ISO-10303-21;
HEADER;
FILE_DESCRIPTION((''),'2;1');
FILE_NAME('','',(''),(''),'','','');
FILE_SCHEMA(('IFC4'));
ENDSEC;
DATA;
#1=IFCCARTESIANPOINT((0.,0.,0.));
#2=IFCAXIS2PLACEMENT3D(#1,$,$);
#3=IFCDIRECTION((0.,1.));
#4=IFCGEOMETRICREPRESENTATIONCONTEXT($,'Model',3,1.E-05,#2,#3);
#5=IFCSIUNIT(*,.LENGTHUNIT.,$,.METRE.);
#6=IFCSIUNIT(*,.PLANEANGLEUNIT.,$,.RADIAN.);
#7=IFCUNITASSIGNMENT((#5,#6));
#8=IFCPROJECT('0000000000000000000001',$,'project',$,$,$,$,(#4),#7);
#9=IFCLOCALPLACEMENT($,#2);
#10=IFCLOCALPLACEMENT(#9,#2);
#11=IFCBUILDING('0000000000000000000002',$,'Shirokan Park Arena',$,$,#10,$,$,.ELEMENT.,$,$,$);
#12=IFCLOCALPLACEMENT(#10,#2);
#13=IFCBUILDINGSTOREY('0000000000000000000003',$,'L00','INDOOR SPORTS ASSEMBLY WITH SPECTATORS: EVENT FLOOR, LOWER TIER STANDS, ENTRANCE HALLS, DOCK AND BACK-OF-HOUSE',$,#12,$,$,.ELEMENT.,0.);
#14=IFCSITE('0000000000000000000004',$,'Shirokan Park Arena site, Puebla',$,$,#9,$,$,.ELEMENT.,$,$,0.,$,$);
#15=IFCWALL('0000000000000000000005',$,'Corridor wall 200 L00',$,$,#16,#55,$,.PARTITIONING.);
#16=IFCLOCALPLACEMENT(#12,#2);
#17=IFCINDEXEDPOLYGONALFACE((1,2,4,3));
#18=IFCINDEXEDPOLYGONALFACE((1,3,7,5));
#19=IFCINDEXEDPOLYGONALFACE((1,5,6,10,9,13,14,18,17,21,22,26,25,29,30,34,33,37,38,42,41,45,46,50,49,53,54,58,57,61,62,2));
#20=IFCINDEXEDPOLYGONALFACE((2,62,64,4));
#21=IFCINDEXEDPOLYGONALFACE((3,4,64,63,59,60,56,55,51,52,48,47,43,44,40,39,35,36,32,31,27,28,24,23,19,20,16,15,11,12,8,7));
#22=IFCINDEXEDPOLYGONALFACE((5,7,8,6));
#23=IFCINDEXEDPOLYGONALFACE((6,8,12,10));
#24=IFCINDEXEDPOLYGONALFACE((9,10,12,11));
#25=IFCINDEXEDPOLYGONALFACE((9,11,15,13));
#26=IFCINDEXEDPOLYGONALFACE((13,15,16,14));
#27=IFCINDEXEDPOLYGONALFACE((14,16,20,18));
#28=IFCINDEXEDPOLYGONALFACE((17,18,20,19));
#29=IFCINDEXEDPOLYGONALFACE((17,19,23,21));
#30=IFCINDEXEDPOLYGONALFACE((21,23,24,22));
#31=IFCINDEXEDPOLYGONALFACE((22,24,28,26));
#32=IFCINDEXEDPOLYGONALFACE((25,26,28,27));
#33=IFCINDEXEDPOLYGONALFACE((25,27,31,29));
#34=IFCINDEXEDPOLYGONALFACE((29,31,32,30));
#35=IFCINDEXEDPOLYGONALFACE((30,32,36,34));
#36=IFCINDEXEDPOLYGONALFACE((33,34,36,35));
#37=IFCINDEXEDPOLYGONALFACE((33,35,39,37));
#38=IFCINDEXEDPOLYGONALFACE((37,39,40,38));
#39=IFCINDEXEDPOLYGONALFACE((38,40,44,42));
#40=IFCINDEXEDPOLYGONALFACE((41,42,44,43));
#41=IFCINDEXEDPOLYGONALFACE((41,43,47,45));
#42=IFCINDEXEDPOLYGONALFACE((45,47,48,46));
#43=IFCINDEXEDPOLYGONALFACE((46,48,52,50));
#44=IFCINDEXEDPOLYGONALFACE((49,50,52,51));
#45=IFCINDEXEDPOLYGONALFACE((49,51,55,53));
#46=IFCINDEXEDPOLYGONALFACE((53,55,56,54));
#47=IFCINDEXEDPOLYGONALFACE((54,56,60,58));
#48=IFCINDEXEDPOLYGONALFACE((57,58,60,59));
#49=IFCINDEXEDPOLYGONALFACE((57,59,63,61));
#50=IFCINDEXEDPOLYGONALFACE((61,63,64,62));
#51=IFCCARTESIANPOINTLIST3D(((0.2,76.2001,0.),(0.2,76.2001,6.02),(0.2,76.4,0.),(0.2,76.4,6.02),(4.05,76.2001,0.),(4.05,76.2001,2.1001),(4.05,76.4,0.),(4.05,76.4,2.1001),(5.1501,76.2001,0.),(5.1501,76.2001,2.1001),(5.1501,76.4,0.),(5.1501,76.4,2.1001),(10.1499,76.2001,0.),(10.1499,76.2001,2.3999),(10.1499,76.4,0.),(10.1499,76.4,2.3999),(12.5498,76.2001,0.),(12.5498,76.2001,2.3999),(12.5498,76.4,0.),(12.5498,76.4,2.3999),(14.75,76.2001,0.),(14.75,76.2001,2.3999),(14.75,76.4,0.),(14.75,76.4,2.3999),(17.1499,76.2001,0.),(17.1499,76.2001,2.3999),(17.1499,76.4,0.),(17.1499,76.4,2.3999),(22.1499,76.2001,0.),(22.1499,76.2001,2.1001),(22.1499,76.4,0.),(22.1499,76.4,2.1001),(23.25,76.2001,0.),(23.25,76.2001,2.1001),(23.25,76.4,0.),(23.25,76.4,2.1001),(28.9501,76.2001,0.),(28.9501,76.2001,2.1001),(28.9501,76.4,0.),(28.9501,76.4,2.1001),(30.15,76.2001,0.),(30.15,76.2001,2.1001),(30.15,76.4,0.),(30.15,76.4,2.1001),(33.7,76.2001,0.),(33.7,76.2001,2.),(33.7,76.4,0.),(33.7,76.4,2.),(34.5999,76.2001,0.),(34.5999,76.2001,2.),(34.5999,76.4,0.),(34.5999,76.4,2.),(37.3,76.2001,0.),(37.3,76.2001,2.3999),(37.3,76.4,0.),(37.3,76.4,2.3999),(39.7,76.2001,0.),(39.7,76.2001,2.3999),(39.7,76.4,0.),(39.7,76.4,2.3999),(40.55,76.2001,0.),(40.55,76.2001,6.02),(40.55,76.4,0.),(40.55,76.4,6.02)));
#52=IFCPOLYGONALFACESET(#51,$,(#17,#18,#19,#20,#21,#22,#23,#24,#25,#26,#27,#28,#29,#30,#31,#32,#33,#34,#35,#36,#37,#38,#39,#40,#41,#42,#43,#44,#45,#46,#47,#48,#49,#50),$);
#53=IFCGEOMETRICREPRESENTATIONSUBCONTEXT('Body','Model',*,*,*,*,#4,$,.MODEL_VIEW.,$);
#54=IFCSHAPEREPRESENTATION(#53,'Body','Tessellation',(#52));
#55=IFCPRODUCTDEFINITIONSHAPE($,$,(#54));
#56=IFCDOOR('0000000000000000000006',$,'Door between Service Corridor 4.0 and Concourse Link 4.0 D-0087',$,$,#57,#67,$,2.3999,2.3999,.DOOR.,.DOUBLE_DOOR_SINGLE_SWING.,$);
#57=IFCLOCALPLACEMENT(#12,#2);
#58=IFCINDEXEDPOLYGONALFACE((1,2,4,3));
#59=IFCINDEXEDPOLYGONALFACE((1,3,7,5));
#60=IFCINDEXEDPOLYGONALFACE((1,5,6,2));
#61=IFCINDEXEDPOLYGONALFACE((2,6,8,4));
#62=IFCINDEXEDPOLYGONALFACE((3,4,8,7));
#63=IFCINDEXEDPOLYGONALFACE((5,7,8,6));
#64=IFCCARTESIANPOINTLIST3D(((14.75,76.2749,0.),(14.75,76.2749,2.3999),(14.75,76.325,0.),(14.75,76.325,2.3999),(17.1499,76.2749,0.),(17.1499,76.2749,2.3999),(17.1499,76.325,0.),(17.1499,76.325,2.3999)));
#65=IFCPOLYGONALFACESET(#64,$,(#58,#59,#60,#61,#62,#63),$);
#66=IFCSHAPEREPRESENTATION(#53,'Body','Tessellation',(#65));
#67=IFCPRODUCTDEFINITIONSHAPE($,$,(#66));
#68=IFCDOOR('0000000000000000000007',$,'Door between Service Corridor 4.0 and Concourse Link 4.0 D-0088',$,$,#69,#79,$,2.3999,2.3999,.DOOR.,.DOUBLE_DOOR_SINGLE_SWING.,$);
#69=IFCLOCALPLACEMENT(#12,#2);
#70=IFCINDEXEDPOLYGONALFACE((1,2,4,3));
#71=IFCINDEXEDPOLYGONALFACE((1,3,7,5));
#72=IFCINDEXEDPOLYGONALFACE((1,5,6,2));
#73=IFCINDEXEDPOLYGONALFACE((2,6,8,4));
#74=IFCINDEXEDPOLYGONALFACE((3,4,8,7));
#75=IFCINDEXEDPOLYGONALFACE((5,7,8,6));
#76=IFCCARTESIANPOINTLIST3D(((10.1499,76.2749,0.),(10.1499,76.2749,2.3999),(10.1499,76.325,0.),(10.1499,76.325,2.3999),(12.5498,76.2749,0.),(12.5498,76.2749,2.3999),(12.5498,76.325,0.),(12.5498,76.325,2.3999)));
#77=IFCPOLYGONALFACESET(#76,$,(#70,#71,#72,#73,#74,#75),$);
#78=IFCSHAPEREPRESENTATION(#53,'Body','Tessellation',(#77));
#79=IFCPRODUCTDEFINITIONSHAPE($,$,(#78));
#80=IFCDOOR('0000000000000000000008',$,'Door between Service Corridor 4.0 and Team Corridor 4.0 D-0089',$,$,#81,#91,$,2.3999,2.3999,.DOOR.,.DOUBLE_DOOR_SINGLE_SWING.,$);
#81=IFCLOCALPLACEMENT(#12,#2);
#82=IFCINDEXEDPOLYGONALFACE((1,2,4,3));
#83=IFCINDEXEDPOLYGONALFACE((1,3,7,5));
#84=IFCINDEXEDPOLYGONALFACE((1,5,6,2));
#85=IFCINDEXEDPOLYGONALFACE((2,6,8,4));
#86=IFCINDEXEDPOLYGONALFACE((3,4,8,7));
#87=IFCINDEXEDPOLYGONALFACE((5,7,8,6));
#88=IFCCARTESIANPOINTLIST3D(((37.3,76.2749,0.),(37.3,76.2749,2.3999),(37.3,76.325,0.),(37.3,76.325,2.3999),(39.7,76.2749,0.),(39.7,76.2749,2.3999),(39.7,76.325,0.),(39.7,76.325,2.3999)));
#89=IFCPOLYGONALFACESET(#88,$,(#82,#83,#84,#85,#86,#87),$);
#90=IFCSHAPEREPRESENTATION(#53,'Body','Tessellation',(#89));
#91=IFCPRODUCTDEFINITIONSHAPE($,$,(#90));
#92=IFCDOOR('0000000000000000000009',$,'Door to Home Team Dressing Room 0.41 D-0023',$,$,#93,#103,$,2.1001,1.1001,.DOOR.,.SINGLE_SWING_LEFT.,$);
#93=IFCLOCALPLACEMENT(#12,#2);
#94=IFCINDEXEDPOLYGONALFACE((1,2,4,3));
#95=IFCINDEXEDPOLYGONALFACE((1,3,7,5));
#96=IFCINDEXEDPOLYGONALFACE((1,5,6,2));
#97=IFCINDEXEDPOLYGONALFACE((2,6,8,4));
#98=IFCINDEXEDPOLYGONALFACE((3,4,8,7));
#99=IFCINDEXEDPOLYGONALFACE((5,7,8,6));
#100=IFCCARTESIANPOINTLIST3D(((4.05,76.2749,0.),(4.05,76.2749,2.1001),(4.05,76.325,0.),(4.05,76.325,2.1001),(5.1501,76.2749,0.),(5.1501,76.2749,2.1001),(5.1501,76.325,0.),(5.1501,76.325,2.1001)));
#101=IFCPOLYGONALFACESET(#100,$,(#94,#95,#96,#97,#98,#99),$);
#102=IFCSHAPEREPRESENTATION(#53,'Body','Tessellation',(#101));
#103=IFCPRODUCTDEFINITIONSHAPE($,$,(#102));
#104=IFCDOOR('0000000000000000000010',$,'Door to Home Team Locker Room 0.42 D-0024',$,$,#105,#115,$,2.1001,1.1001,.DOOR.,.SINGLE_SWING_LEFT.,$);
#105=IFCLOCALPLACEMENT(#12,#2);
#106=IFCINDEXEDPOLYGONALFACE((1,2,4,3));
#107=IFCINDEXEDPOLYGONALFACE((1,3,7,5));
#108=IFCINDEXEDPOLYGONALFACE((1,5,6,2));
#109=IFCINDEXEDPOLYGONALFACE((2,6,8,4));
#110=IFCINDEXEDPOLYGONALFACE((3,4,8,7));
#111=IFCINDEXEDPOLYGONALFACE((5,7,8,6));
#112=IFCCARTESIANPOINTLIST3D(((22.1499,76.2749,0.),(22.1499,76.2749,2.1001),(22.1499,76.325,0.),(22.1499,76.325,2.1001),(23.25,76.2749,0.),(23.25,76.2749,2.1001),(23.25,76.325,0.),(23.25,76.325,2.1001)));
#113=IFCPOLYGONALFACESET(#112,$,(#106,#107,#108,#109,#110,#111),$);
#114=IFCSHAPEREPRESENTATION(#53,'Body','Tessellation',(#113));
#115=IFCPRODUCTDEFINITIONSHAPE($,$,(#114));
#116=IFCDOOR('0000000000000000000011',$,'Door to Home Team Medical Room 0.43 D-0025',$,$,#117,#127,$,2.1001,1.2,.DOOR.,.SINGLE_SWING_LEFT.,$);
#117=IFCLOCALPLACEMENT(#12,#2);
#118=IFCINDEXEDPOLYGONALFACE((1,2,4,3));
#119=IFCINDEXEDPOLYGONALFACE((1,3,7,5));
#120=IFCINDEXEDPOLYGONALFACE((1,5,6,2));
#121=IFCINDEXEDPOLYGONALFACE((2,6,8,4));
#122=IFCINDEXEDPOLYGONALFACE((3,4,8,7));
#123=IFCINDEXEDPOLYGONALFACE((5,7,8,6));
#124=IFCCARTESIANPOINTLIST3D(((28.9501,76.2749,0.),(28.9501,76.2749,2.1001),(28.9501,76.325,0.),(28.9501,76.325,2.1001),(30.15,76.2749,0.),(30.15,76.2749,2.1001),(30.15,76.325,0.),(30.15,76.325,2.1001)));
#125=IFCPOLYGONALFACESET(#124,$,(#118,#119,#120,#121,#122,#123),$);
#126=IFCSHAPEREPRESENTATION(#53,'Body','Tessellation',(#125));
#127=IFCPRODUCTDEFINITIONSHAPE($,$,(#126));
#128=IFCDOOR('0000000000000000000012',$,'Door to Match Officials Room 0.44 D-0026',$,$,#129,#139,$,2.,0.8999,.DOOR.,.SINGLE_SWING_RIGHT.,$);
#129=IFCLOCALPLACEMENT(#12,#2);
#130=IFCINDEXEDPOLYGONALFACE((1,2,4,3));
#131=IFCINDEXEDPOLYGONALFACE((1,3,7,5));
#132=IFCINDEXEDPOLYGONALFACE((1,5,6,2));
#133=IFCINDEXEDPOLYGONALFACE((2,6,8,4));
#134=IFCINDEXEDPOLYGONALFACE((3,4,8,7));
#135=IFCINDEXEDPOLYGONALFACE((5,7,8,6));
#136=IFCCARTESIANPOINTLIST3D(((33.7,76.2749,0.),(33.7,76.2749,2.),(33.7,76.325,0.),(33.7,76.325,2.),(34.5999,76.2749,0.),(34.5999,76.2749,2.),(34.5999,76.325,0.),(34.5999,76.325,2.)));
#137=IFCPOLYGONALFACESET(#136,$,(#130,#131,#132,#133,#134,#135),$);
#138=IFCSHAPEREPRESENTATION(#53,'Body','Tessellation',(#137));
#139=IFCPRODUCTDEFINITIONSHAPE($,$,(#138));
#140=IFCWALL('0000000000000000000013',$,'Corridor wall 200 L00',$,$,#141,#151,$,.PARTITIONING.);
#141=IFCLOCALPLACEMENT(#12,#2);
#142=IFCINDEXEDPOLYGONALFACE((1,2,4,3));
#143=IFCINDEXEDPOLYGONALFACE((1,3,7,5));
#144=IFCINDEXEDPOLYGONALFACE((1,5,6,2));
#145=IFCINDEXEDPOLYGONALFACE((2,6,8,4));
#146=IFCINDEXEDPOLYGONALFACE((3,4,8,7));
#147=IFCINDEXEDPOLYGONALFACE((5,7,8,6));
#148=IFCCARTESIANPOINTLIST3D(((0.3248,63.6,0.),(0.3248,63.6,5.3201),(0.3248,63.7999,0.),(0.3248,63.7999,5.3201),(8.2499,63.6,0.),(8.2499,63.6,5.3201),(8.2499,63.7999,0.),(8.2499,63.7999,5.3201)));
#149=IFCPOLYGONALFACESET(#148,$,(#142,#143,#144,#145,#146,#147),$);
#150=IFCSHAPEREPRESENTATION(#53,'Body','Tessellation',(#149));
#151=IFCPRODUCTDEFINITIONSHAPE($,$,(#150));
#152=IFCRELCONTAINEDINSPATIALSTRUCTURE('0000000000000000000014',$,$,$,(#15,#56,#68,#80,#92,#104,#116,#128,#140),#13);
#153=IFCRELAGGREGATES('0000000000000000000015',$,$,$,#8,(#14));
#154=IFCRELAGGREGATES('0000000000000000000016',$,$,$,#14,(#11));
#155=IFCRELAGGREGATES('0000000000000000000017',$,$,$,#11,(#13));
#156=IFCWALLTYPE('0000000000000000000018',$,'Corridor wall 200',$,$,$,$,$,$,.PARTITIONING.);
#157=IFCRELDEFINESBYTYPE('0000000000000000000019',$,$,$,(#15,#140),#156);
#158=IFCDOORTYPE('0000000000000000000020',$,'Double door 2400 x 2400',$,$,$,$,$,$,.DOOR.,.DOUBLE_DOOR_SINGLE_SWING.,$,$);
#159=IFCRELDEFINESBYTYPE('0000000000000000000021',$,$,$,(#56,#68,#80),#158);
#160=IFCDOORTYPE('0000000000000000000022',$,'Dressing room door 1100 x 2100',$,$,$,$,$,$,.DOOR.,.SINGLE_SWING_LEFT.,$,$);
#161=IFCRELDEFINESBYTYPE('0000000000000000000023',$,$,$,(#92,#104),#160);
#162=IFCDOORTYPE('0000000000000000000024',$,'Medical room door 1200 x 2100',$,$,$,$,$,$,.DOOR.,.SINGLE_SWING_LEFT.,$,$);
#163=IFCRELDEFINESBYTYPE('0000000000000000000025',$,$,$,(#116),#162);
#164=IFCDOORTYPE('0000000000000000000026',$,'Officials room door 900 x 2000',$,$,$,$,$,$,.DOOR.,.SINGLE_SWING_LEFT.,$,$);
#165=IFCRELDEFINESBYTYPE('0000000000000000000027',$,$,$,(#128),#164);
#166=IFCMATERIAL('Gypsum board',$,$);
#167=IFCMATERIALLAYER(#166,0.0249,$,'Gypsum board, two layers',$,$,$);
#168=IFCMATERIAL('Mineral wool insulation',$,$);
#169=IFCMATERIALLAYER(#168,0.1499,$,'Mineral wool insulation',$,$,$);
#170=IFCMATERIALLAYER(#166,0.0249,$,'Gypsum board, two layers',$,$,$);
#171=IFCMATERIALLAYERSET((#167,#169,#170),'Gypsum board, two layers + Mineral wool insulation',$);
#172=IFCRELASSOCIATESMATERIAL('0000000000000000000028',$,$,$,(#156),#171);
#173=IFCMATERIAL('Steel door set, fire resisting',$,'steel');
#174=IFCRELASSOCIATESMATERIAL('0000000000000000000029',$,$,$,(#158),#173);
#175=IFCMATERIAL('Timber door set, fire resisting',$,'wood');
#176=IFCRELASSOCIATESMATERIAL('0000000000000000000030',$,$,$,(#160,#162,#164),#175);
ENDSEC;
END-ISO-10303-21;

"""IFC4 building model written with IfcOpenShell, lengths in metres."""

from ifc_helpers import new_model, si_unit, direction, frame, frame_2d, origin, place, context, subcontext, project, spatial, rectangle, extrude, material, layer, layer_set, type_object, element, fill, save


model = new_model("IFC4")

# Units and contexts
model_context = context("Model", 3, precision=1e-05, world=origin(), true_north=direction((0.0, 1.0)))
body_context = subcontext(model_context, "Body", "Model", "MODEL_VIEW")
ifc_project = project(units=[si_unit("LENGTHUNIT", "METRE"), si_unit("PLANEANGLEUNIT", "RADIAN")], contexts=[model_context])

# Site, building, storey
site_placement = place(None, origin())
site = spatial("IfcSite", under=ifc_project, at=site_placement, Name="Shirokan Park Arena site, Puebla", CompositionType="ELEMENT", RefElevation=0.0)
building_placement = place(site_placement, origin())
building = spatial("IfcBuilding", under=site, at=building_placement, Name="Shirokan Park Arena", CompositionType="ELEMENT")
storey_placement = place(building_placement, origin())
storey = spatial("IfcBuildingStorey", under=building, at=storey_placement, Name="L00", Description="INDOOR SPORTS ASSEMBLY WITH SPECTATORS: EVENT FLOOR, LOWER TIER STANDS, ENTRANCE HALLS, DOCK AND BACK-OF-HOUSE", CompositionType="ELEMENT", Elevation=0.0)

# Wall, openings, doors
ifc_material_1 = material(Name="Gypsum board")
ifc_layer_1 = layer(ifc_material_1, 0.0249, Name="Gypsum board, two layers")
ifc_material_2 = material(Name="Mineral wool insulation")
ifc_layer_2 = layer(ifc_material_2, 0.1499, Name="Mineral wool insulation")
ifc_layer_3 = layer(ifc_material_1, 0.0249, Name="Gypsum board, two layers")
ifc_layer_set = layer_set([ifc_layer_1, ifc_layer_2, ifc_layer_3], Name="Gypsum board, two layers + Mineral wool insulation")
wall_type = type_object("IfcWallType", Name="Corridor wall 200", PredefinedType="PARTITIONING", material=ifc_layer_set)
wall_1_placement = place(storey_placement, frame((0.2, 76.3, 0.0), z_axis=(0.0, 0.0, 1.0), x_axis=(1.0, 0.0, 0.0)))
wall_1 = element("IfcWall", 1, at=wall_1_placement, inside=storey, type_object=wall_type, Name="Corridor wall 200 L00", PredefinedType="PARTITIONING", context=body_context, shape_type="SweptSolid", body=[
    extrude(rectangle(XDim=40.3501, YDim=0.2, at=frame_2d((20.175, 0.0))), origin(), (0.0, 0.0, 1.0), 6.02),
])
opening_1_placement = place(wall_1_placement, frame((3.8501, 0.0, 0.0)))
opening_1 = element("IfcOpeningElement", 2, at=opening_1_placement, cuts=wall_1, PredefinedType="OPENING", context=body_context, shape_type="SweptSolid", body=[
    extrude(rectangle(XDim=1.1001, YDim=2.1001, at=frame_2d((0.55, 1.05))), frame((0.0, 0.1099, 0.0), z_axis=(0.0, -1.0, 0.0), x_axis=(1.0, 0.0, 0.0)), (0.0, 0.0, 1.0), 0.22),
])
opening_2_placement = place(wall_1_placement, frame((21.95, 0.0, 0.0)))
opening_2 = element("IfcOpeningElement", 3, at=opening_2_placement, cuts=wall_1, PredefinedType="OPENING", context=body_context, shape_type="SweptSolid", body=[
    extrude(rectangle(XDim=1.1001, YDim=2.1001, at=frame_2d((0.55, 1.05))), frame((0.0, 0.1099, 0.0), z_axis=(0.0, -1.0, 0.0), x_axis=(1.0, 0.0, 0.0)), (0.0, 0.0, 1.0), 0.22),
])
opening_3_placement = place(wall_1_placement, frame((28.75, 0.0, 0.0)))
opening_3 = element("IfcOpeningElement", 4, at=opening_3_placement, cuts=wall_1, PredefinedType="OPENING", context=body_context, shape_type="SweptSolid", body=[
    extrude(rectangle(XDim=1.2, YDim=2.1001, at=frame_2d((0.6001, 1.05))), frame((0.0, 0.1099, 0.0), z_axis=(0.0, -1.0, 0.0), x_axis=(1.0, 0.0, 0.0)), (0.0, 0.0, 1.0), 0.22),
])
opening_4_placement = place(wall_1_placement, frame((33.5, 0.0, 0.0)))
opening_4 = element("IfcOpeningElement", 5, at=opening_4_placement, cuts=wall_1, PredefinedType="OPENING", context=body_context, shape_type="SweptSolid", body=[
    extrude(rectangle(XDim=0.8999, YDim=2.0, at=frame_2d((0.45, 1.0))), frame((0.0, 0.1099, 0.0), z_axis=(0.0, -1.0, 0.0), x_axis=(1.0, 0.0, 0.0)), (0.0, 0.0, 1.0), 0.22),
])
opening_5_placement = place(wall_1_placement, frame((14.55, 0.0, 0.0)))
opening_5 = element("IfcOpeningElement", 6, at=opening_5_placement, cuts=wall_1, PredefinedType="OPENING", context=body_context, shape_type="SweptSolid", body=[
    extrude(rectangle(XDim=2.3999, YDim=2.3999, at=frame_2d((1.2, 1.2))), frame((0.0, 0.1099, 0.0), z_axis=(0.0, -1.0, 0.0), x_axis=(1.0, 0.0, 0.0)), (0.0, 0.0, 1.0), 0.22),
])
opening_6_placement = place(wall_1_placement, frame((9.95, 0.0, 0.0)))
opening_6 = element("IfcOpeningElement", 7, at=opening_6_placement, cuts=wall_1, PredefinedType="OPENING", context=body_context, shape_type="SweptSolid", body=[
    extrude(rectangle(XDim=2.3999, YDim=2.3999, at=frame_2d((1.2, 1.2))), frame((0.0, 0.1099, 0.0), z_axis=(0.0, -1.0, 0.0), x_axis=(1.0, 0.0, 0.0)), (0.0, 0.0, 1.0), 0.22),
])
opening_7_placement = place(wall_1_placement, frame((37.1001, 0.0, 0.0)))
opening_7 = element("IfcOpeningElement", 8, at=opening_7_placement, cuts=wall_1, PredefinedType="OPENING", context=body_context, shape_type="SweptSolid", body=[
    extrude(rectangle(XDim=2.3999, YDim=2.3999, at=frame_2d((1.2, 1.2))), frame((0.0, 0.1099, 0.0), z_axis=(0.0, -1.0, 0.0), x_axis=(1.0, 0.0, 0.0)), (0.0, 0.0, 1.0), 0.22),
])
ifc_material_3 = material(Name="Steel door set, fire resisting", Category="steel")
door_type_1 = type_object("IfcDoorType", Name="Double door 2400 x 2400", OperationType="DOUBLE_DOOR_SINGLE_SWING", PredefinedType="DOOR", material=ifc_material_3)
door_1_placement = place(opening_5_placement, origin())
door_1 = element("IfcDoor", 9, at=door_1_placement, inside=storey, type_object=door_type_1, Name="Door between Service Corridor 4.0 and Concourse Link 4.0 D-0087", OperationType="DOUBLE_DOOR_SINGLE_SWING", OverallHeight=2.3999, OverallWidth=2.3999, PredefinedType="DOOR", context=body_context, shape_type="SweptSolid", body=[
    extrude(rectangle(XDim=2.3999, YDim=2.3999, at=frame_2d((1.2, 1.2))), frame((0.0, 0.0249, 0.0), z_axis=(0.0, -1.0, 0.0), x_axis=(1.0, 0.0, 0.0)), (0.0, 0.0, 1.0), 0.05),
])
fill(opening_5, door_1)
door_2_placement = place(opening_6_placement, origin())
door_2 = element("IfcDoor", 10, at=door_2_placement, inside=storey, type_object=door_type_1, Name="Door between Service Corridor 4.0 and Concourse Link 4.0 D-0088", OperationType="DOUBLE_DOOR_SINGLE_SWING", OverallHeight=2.3999, OverallWidth=2.3999, PredefinedType="DOOR", context=body_context, shape_type="SweptSolid", body=[
    extrude(rectangle(XDim=2.3999, YDim=2.3999, at=frame_2d((1.2, 1.2))), frame((0.0, 0.0249, 0.0), z_axis=(0.0, -1.0, 0.0), x_axis=(1.0, 0.0, 0.0)), (0.0, 0.0, 1.0), 0.05),
])
fill(opening_6, door_2)
door_3_placement = place(opening_7_placement, origin())
door_3 = element("IfcDoor", 11, at=door_3_placement, inside=storey, type_object=door_type_1, Name="Door between Service Corridor 4.0 and Team Corridor 4.0 D-0089", OperationType="DOUBLE_DOOR_SINGLE_SWING", OverallHeight=2.3999, OverallWidth=2.3999, PredefinedType="DOOR", context=body_context, shape_type="SweptSolid", body=[
    extrude(rectangle(XDim=2.3999, YDim=2.3999, at=frame_2d((1.2, 1.2))), frame((0.0, 0.0249, 0.0), z_axis=(0.0, -1.0, 0.0), x_axis=(1.0, 0.0, 0.0)), (0.0, 0.0, 1.0), 0.05),
])
fill(opening_7, door_3)
ifc_material_4 = material(Name="Timber door set, fire resisting", Category="wood")
door_type_2 = type_object("IfcDoorType", Name="Dressing room door 1100 x 2100", OperationType="SINGLE_SWING_LEFT", PredefinedType="DOOR", material=ifc_material_4)
door_4_placement = place(opening_1_placement, origin())
door_4 = element("IfcDoor", 12, at=door_4_placement, inside=storey, type_object=door_type_2, Name="Door to Home Team Dressing Room 0.41 D-0023", OperationType="SINGLE_SWING_LEFT", OverallHeight=2.1001, OverallWidth=1.1001, PredefinedType="DOOR", context=body_context, shape_type="SweptSolid", body=[
    extrude(rectangle(XDim=1.1001, YDim=2.1001, at=frame_2d((0.55, 1.05))), frame((0.0, 0.0249, 0.0), z_axis=(0.0, -1.0, 0.0), x_axis=(1.0, 0.0, 0.0)), (0.0, 0.0, 1.0), 0.05),
])
fill(opening_1, door_4)
door_5_placement = place(opening_2_placement, origin())
door_5 = element("IfcDoor", 13, at=door_5_placement, inside=storey, type_object=door_type_2, Name="Door to Home Team Locker Room 0.42 D-0024", OperationType="SINGLE_SWING_LEFT", OverallHeight=2.1001, OverallWidth=1.1001, PredefinedType="DOOR", context=body_context, shape_type="SweptSolid", body=[
    extrude(rectangle(XDim=1.1001, YDim=2.1001, at=frame_2d((0.55, 1.05))), frame((0.0, 0.0249, 0.0), z_axis=(0.0, -1.0, 0.0), x_axis=(1.0, 0.0, 0.0)), (0.0, 0.0, 1.0), 0.05),
])
fill(opening_2, door_5)
door_type_3 = type_object("IfcDoorType", Name="Medical room door 1200 x 2100", OperationType="SINGLE_SWING_LEFT", PredefinedType="DOOR", material=ifc_material_4)
door_6_placement = place(opening_3_placement, origin())
door_6 = element("IfcDoor", 14, at=door_6_placement, inside=storey, type_object=door_type_3, Name="Door to Home Team Medical Room 0.43 D-0025", OperationType="SINGLE_SWING_LEFT", OverallHeight=2.1001, OverallWidth=1.2, PredefinedType="DOOR", context=body_context, shape_type="SweptSolid", body=[
    extrude(rectangle(XDim=1.2, YDim=2.1001, at=frame_2d((0.6001, 1.05))), frame((0.0, 0.0249, 0.0), z_axis=(0.0, -1.0, 0.0), x_axis=(1.0, 0.0, 0.0)), (0.0, 0.0, 1.0), 0.05),
])
fill(opening_3, door_6)
door_type_4 = type_object("IfcDoorType", Name="Officials room door 900 x 2000", OperationType="SINGLE_SWING_LEFT", PredefinedType="DOOR", material=ifc_material_4)
door_7_placement = place(opening_4_placement, origin())
door_7 = element("IfcDoor", 15, at=door_7_placement, inside=storey, type_object=door_type_4, Name="Door to Match Officials Room 0.44 D-0026", OperationType="SINGLE_SWING_RIGHT", OverallHeight=2.0, OverallWidth=0.8999, PredefinedType="DOOR", context=body_context, shape_type="SweptSolid", body=[
    extrude(rectangle(XDim=0.8999, YDim=2.0, at=frame_2d((0.45, 1.0))), frame((0.0, 0.0249, 0.0), z_axis=(0.0, -1.0, 0.0), x_axis=(1.0, 0.0, 0.0)), (0.0, 0.0, 1.0), 0.05),
])
fill(opening_4, door_7)

# Wall
wall_2_placement = place(storey_placement, frame((0.325, 63.7, 0.0), z_axis=(0.0, 0.0, 1.0), x_axis=(1.0, 0.0, 0.0)))
element("IfcWall", 16, at=wall_2_placement, inside=storey, type_object=wall_type, Name="Corridor wall 200 L00", PredefinedType="PARTITIONING", context=body_context, shape_type="SweptSolid", body=[
    extrude(rectangle(XDim=7.925, YDim=0.2, at=frame_2d((3.9624, 0.0))), origin(), (0.0, 0.0, 1.0), 5.3201),
])

save(model, "model.ifc")
